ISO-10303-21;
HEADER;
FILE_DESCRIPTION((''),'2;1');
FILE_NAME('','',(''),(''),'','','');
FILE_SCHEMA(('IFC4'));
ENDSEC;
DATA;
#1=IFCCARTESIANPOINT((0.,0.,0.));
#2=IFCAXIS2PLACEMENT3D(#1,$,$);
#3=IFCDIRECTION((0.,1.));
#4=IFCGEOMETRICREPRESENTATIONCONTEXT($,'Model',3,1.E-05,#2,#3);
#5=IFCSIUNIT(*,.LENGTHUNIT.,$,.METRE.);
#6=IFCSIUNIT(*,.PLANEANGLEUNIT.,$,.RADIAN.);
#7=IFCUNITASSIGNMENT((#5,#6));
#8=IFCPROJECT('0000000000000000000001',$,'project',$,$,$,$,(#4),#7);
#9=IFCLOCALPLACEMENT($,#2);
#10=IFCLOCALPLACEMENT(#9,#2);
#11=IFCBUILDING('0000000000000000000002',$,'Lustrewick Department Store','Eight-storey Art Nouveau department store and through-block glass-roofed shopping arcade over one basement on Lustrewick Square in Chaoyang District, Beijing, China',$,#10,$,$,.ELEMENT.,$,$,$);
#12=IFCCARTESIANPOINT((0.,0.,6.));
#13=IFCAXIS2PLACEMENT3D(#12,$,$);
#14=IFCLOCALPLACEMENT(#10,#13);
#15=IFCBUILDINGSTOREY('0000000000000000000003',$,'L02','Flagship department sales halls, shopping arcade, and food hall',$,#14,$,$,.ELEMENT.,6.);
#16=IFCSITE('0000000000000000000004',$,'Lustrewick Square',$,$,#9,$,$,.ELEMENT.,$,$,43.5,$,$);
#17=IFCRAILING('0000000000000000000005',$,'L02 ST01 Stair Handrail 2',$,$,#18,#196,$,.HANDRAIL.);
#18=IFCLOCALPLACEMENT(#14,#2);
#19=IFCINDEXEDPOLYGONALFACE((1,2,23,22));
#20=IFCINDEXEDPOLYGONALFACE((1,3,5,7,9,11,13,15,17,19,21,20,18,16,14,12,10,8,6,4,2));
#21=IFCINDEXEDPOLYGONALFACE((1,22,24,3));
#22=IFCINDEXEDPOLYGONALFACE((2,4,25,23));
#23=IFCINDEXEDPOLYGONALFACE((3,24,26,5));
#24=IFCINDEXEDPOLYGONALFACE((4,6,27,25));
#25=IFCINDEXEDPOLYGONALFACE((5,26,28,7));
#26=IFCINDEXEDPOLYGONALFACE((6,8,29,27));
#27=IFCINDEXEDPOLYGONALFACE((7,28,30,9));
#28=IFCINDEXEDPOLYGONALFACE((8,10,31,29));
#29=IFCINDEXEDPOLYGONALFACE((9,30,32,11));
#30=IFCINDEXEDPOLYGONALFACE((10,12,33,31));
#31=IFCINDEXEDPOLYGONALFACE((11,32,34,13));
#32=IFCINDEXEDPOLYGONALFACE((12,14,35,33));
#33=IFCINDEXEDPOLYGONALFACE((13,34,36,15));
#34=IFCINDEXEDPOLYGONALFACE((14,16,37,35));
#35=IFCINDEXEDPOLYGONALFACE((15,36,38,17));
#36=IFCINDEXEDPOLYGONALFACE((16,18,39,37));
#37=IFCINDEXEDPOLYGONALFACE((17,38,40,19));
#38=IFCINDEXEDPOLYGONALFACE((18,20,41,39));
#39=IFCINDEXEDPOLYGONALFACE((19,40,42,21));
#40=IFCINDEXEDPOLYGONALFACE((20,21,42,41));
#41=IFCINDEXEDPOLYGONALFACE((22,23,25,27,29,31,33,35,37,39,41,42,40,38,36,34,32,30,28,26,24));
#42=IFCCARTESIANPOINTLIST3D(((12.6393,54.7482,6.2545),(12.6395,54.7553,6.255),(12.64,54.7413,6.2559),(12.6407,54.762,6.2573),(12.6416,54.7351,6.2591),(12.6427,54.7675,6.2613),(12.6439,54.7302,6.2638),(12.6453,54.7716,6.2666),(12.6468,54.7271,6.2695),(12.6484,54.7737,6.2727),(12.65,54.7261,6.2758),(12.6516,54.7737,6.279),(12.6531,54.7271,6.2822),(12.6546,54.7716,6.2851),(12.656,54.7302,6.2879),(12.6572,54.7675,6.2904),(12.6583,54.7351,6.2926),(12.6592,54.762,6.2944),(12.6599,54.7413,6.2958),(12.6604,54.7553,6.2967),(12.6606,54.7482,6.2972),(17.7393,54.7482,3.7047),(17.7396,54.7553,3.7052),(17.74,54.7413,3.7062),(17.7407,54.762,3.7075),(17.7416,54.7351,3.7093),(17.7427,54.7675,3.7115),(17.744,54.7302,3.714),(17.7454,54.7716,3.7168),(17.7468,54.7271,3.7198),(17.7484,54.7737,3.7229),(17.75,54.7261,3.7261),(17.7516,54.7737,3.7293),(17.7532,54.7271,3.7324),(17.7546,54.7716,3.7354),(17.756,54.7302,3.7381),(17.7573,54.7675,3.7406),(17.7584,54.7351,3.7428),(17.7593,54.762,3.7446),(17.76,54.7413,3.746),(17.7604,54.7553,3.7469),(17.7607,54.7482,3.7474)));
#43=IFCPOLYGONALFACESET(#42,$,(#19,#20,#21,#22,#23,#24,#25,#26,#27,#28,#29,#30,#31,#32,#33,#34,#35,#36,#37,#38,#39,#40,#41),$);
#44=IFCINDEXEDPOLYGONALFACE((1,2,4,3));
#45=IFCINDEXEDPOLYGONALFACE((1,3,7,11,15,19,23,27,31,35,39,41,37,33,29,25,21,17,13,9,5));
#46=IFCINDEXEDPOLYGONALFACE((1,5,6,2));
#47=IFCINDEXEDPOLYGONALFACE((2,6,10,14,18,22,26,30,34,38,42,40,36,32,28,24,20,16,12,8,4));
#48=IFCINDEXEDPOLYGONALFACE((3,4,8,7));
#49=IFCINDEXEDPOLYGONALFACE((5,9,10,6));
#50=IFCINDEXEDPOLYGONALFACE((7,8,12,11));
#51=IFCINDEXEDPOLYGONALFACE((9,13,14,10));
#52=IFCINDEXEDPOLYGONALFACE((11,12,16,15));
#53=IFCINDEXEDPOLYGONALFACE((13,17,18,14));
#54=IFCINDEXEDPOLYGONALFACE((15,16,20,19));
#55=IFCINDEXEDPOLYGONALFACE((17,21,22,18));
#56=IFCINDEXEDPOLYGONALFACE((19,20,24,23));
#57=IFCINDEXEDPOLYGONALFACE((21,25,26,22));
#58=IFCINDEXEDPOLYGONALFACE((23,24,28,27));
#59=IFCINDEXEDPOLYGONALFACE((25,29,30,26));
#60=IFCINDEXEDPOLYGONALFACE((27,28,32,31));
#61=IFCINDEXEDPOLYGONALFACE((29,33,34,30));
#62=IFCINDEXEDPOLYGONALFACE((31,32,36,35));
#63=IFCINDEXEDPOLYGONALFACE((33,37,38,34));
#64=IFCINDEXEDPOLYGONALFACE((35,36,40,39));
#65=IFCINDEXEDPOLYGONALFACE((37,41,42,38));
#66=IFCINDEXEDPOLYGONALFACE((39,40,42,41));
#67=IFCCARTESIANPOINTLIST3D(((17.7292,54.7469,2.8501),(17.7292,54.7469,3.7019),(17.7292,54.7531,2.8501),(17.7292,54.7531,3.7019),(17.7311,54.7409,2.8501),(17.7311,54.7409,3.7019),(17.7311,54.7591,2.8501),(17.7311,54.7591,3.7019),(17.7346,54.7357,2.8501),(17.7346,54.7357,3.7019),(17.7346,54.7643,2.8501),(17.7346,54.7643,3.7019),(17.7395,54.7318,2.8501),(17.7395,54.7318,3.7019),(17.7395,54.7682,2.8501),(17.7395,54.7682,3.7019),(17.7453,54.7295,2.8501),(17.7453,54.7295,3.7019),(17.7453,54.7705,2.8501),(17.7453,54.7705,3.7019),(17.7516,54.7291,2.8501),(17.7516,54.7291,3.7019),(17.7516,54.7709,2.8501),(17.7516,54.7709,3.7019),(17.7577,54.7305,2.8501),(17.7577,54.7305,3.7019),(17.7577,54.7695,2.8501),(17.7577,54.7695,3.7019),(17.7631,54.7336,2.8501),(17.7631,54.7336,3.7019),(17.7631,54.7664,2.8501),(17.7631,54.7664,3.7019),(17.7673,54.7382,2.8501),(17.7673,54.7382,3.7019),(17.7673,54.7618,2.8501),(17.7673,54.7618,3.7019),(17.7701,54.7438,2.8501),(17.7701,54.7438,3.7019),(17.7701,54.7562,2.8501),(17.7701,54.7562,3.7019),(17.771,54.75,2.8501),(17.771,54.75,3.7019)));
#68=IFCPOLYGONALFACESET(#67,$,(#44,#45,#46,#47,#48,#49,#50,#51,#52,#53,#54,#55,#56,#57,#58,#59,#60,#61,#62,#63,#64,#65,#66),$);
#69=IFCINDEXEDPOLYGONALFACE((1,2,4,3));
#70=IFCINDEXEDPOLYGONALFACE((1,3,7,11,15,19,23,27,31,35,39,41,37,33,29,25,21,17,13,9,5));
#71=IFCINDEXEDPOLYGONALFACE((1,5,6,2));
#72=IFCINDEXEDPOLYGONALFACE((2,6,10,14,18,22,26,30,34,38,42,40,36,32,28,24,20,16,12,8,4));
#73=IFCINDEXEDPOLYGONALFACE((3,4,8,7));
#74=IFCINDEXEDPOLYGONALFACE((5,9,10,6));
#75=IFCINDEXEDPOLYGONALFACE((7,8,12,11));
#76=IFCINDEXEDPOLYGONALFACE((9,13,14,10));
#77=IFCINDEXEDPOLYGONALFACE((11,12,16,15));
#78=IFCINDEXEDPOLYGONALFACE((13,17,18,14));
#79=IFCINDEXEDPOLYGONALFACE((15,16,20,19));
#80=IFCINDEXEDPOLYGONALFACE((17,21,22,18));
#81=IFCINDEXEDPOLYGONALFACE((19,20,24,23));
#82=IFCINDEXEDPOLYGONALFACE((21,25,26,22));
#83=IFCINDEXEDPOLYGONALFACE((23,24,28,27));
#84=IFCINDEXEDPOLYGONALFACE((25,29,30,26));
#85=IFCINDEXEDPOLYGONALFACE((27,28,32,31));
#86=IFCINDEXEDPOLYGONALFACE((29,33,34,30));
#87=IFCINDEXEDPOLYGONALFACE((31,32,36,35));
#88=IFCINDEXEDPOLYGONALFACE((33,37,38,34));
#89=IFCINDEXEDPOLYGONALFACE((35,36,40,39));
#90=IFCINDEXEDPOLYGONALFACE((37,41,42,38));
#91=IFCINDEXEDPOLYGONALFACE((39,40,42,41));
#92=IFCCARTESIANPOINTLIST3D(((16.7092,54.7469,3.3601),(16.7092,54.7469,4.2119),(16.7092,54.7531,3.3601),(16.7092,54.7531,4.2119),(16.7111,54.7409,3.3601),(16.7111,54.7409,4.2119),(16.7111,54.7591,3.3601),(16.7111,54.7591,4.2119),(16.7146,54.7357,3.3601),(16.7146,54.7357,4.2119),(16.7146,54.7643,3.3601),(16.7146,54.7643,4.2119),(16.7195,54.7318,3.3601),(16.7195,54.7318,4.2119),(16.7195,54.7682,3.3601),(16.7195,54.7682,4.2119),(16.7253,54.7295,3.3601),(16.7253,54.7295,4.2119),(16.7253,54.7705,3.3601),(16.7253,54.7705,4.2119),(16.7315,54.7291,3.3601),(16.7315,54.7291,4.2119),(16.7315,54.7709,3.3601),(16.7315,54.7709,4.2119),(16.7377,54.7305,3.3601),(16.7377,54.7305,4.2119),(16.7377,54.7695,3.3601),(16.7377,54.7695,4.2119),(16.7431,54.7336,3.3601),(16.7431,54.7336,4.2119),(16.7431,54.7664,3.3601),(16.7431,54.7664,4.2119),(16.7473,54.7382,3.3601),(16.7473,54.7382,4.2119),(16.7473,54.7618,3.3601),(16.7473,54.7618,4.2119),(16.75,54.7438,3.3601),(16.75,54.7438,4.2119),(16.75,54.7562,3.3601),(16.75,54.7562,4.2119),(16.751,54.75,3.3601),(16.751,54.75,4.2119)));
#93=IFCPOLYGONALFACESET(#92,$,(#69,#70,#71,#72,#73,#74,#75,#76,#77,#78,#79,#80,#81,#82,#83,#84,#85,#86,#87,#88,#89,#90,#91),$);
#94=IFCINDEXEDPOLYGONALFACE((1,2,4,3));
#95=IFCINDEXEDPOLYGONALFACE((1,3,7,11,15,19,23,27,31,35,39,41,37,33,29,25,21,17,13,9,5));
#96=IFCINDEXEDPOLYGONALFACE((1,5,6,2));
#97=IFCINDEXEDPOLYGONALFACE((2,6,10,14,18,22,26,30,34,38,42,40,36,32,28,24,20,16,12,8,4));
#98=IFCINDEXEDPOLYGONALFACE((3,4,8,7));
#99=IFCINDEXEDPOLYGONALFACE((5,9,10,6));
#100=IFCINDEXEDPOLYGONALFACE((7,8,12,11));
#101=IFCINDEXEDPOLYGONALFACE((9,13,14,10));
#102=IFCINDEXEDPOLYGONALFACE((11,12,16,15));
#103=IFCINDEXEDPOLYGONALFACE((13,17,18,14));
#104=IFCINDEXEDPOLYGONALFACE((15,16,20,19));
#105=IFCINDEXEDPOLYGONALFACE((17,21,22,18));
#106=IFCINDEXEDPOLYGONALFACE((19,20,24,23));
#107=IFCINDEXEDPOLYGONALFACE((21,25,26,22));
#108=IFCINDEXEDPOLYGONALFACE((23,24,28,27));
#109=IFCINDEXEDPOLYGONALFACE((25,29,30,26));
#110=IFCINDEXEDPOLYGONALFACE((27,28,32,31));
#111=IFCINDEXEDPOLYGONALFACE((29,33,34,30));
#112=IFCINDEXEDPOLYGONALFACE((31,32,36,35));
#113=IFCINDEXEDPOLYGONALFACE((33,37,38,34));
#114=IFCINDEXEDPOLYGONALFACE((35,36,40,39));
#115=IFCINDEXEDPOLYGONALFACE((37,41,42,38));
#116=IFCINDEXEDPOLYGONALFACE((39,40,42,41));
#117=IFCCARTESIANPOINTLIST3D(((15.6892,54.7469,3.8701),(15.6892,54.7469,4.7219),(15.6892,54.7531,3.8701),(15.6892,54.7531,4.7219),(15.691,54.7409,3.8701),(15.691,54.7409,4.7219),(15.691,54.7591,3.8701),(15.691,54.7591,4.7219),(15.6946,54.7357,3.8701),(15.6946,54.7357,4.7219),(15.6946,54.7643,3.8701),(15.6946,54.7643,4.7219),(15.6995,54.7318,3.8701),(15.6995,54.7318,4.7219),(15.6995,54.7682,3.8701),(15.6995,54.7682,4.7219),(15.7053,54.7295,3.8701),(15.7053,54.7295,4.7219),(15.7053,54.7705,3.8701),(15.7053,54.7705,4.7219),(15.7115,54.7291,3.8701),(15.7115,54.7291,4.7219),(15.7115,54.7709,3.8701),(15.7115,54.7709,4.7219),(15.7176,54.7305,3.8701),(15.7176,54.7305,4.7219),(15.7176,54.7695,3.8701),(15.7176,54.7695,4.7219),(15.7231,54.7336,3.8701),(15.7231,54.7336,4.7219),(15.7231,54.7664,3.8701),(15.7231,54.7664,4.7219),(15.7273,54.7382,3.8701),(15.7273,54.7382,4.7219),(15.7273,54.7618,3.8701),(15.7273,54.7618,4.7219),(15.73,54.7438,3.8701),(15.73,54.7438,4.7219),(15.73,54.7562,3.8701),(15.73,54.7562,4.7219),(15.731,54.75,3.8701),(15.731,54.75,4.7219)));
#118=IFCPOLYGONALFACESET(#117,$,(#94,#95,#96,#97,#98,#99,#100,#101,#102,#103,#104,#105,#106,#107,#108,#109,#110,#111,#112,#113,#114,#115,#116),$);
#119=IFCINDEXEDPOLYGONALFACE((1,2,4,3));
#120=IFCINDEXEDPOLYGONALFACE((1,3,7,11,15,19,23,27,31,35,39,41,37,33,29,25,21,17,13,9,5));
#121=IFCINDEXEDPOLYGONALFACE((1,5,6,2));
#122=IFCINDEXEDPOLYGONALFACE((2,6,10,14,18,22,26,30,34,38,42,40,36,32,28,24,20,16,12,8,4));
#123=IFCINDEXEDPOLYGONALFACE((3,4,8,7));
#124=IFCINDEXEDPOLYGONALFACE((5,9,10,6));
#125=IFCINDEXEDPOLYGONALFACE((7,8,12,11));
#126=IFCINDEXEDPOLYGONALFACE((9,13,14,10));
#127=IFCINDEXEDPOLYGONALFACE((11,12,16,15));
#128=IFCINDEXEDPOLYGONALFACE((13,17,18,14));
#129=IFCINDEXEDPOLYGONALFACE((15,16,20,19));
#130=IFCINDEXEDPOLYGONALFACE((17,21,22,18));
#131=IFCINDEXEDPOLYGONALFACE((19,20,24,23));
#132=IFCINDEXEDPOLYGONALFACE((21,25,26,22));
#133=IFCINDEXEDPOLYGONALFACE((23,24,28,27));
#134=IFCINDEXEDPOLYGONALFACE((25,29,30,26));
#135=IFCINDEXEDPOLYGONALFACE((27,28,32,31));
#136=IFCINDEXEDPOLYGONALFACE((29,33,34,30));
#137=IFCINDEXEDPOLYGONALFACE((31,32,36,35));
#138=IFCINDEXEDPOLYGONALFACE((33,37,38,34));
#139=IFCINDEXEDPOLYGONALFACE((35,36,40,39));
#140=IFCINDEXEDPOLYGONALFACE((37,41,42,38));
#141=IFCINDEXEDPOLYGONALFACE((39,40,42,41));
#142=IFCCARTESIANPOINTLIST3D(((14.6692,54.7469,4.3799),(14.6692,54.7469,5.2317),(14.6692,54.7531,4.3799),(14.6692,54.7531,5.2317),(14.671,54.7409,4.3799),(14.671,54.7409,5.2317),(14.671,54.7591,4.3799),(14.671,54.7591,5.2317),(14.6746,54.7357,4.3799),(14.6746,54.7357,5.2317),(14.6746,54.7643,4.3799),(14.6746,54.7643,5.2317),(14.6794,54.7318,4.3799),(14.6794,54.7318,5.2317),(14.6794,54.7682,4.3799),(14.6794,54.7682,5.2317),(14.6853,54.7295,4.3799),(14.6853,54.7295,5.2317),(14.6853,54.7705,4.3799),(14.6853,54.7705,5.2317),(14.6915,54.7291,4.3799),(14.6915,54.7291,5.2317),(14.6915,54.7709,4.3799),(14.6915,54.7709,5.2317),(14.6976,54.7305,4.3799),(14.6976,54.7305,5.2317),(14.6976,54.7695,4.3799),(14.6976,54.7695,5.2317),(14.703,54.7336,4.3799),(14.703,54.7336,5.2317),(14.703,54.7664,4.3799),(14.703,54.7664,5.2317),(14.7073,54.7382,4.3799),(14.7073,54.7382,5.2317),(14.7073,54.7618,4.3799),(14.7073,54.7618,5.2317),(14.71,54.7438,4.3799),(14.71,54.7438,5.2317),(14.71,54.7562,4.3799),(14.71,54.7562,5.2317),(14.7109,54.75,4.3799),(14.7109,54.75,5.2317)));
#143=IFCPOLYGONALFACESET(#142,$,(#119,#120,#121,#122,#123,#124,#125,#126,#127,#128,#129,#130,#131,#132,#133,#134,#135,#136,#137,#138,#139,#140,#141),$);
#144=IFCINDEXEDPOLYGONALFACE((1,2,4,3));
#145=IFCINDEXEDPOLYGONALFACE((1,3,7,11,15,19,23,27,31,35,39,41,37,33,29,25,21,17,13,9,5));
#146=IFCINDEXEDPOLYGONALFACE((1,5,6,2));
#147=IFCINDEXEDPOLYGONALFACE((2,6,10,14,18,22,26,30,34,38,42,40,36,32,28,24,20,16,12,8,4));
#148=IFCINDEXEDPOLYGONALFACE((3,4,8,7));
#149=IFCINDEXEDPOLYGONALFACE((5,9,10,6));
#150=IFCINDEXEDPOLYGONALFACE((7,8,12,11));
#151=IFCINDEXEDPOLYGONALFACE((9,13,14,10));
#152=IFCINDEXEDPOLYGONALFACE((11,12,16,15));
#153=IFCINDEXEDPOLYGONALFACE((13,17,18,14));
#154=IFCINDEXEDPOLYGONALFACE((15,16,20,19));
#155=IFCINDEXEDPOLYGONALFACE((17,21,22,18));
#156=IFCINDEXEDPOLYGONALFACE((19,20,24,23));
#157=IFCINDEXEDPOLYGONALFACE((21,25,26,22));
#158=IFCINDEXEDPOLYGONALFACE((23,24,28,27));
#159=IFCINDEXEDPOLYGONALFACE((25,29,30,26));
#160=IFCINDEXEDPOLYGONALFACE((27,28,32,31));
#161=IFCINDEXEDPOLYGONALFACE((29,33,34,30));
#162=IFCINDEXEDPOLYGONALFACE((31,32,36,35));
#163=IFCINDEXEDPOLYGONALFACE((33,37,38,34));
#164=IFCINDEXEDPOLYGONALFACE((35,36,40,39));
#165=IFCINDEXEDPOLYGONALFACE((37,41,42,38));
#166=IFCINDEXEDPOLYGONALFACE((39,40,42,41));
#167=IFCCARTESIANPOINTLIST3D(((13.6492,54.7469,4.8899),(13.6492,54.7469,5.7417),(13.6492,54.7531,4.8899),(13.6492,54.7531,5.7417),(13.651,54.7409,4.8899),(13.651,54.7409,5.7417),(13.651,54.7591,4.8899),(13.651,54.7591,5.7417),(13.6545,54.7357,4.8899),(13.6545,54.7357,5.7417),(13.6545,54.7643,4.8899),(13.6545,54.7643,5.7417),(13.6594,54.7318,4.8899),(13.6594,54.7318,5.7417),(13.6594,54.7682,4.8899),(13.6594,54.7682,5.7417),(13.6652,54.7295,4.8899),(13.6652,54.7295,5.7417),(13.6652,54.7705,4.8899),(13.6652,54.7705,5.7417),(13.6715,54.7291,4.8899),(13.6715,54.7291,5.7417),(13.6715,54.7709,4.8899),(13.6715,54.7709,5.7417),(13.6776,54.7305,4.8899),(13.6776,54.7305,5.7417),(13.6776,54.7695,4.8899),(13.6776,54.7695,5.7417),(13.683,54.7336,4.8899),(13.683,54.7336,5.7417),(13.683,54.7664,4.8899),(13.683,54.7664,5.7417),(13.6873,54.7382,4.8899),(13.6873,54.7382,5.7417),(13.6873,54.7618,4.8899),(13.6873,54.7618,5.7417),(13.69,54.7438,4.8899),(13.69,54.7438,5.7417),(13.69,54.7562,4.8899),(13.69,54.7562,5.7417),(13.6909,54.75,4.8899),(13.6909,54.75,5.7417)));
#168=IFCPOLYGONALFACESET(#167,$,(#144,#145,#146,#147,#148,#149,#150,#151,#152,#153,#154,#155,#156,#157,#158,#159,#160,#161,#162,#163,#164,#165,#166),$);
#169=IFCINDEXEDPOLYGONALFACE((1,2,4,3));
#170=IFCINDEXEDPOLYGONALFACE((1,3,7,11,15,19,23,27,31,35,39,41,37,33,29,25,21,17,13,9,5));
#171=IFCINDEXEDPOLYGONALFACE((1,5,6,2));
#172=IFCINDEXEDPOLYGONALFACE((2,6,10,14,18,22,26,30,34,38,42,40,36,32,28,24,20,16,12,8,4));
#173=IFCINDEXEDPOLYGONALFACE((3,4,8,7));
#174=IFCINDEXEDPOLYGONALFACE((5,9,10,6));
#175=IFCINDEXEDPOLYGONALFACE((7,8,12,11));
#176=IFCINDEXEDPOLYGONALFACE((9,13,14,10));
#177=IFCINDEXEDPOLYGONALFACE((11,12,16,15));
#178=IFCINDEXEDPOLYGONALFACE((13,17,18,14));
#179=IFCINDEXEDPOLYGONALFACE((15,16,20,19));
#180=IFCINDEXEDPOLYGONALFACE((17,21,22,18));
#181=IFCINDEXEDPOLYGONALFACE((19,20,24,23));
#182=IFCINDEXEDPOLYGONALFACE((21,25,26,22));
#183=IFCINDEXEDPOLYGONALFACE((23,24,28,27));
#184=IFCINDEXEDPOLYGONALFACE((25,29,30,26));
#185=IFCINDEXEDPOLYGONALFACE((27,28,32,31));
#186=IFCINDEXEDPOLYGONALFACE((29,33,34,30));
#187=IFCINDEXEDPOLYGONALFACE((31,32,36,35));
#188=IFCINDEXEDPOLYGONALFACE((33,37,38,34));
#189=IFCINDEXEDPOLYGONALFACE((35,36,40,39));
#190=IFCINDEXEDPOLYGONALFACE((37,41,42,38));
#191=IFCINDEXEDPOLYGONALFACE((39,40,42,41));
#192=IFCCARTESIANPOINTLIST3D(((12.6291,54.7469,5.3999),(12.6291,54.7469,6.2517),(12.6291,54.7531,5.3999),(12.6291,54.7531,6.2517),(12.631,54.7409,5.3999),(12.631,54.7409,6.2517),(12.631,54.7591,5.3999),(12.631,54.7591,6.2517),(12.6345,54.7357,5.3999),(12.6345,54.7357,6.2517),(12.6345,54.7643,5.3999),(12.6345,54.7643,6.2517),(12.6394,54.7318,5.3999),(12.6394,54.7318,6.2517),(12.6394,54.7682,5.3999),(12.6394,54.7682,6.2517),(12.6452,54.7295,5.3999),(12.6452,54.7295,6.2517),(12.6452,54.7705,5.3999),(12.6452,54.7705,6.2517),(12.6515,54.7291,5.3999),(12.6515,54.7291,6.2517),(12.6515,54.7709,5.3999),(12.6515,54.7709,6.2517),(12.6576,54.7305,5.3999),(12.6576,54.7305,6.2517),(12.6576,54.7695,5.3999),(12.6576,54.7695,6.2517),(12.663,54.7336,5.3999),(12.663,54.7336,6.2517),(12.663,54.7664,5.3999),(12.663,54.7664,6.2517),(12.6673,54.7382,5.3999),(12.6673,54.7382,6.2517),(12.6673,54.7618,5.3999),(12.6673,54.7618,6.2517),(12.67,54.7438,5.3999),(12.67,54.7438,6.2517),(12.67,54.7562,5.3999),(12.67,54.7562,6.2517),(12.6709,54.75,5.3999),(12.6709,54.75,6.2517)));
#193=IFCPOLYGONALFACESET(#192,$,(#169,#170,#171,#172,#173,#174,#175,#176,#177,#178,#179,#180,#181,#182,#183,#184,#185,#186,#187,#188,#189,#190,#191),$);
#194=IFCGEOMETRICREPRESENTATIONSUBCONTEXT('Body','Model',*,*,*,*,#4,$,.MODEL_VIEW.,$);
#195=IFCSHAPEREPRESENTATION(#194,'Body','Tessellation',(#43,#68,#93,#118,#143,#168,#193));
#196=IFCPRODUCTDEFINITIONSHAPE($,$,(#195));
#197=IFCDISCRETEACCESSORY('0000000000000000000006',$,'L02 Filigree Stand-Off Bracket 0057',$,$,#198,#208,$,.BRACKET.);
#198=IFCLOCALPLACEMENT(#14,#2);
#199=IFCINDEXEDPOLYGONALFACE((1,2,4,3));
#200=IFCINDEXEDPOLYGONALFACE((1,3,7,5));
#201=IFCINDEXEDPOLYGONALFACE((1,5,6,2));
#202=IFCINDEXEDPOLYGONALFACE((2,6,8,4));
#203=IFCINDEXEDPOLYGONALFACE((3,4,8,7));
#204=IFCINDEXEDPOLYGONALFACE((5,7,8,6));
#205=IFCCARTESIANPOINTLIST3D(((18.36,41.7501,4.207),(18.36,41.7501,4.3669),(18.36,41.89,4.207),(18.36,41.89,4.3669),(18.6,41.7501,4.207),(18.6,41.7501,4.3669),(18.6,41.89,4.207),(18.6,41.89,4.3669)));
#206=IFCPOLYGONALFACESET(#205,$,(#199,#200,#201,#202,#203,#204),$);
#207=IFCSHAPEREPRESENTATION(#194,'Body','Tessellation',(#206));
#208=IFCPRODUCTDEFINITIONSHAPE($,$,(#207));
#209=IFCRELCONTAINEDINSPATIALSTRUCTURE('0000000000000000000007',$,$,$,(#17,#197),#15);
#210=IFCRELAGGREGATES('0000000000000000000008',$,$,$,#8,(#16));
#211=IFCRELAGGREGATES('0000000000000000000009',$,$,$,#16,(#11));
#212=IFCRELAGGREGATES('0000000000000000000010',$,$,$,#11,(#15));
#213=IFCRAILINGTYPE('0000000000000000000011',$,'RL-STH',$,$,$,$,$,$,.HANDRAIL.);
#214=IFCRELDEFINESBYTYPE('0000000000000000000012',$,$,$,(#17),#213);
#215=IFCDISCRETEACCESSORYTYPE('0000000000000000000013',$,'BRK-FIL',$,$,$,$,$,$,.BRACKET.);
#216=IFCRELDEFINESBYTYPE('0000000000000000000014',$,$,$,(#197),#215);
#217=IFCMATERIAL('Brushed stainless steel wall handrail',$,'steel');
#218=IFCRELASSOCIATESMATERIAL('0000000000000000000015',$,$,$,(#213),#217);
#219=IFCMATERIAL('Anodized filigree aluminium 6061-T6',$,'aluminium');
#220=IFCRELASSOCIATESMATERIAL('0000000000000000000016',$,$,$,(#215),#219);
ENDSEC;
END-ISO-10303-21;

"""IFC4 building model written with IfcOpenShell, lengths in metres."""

from ifc_helpers import new_model, si_unit, direction, frame, origin, origin_2d, place, context, subcontext, project, spatial, rectangle, circle, extrude, material, type_object, element, save


model = new_model("IFC4")

# Units and contexts
model_context = context("Model", 3, precision=1e-05, world=origin(), true_north=direction((0.0, 1.0)))
body_context = subcontext(model_context, "Body", "Model", "MODEL_VIEW")
ifc_project = project(units=[si_unit("LENGTHUNIT", "METRE"), si_unit("PLANEANGLEUNIT", "RADIAN")], contexts=[model_context])

# Site, building, storey
site_placement = place(None, origin())
site = spatial("IfcSite", under=ifc_project, at=site_placement, Name="Lustrewick Square", CompositionType="ELEMENT", RefElevation=43.5)
building_placement = place(site_placement, origin())
building = spatial("IfcBuilding", under=site, at=building_placement, Name="Lustrewick Department Store", Description="Eight-storey Art Nouveau department store and through-block glass-roofed shopping arcade over one basement on Lustrewick Square in Chaoyang District, Beijing, China", CompositionType="ELEMENT")
storey_placement = place(building_placement, frame((0.0, 0.0, 6.0)))
storey = spatial("IfcBuildingStorey", under=building, at=storey_placement, Name="L02", Description="Flagship department sales halls, shopping arcade, and food hall", CompositionType="ELEMENT", Elevation=6.0)

# Railing
ifc_material_1 = material(Name="Brushed stainless steel wall handrail", Category="steel")
railing_type_1 = type_object("IfcRailingType", Name="RL-STH", PredefinedType="HANDRAIL", material=ifc_material_1)
railing_1_placement = place(storey_placement, frame((17.75, 54.75, 2.8501)))
element("IfcRailing", 1, at=railing_1_placement, inside=storey, type_object=railing_type_1, Name="L02 ST01 Stair Handrail 2", PredefinedType="HANDRAIL", context=body_context, shape_type="SweptSolid", body=[
    extrude(circle(Radius=0.0239, at=origin_2d()), frame((0.0, 0.0, 0.876), z_axis=(-0.894444, 0.0, 0.447179), x_axis=(0.0, -1.0, 0.0)), (0.0, 0.0, 1.0), 5.7019),
    extrude(circle(Radius=0.021, at=origin_2d()), origin(), (0.0, 0.0, 1.0), 0.8518),
    extrude(circle(Radius=0.021, at=origin_2d()), frame((-1.02, 0.0, 0.51)), (0.0, 0.0, 1.0), 0.8518),
    extrude(circle(Radius=0.021, at=origin_2d()), frame((-2.04, 0.0, 1.02)), (0.0, 0.0, 1.0), 0.8518),
    extrude(circle(Radius=0.021, at=origin_2d()), frame((-3.0601, 0.0, 1.5298)), (0.0, 0.0, 1.0), 0.8518),
    extrude(circle(Radius=0.021, at=origin_2d()), frame((-4.0801, 0.0, 2.0398)), (0.0, 0.0, 1.0), 0.8518),
    extrude(circle(Radius=0.021, at=origin_2d()), frame((-5.1001, 0.0, 2.5498)), (0.0, 0.0, 1.0), 0.8518),
])

# Discrete accessory
ifc_material_2 = material(Name="Anodized filigree aluminium 6061-T6", Category="aluminium")
discrete_accessory_type_1 = type_object("IfcDiscreteAccessoryType", Name="BRK-FIL", PredefinedType="BRACKET", material=ifc_material_2)
for number, where, z_axis, x_axis, name in (
    (2, (18.48, 41.8201, 4.207), (0.0, 0.0, 1.0), (1.0, 0.0, 0.0), "L02 Filigree Stand-Off Bracket 0057"),
):
    element("IfcDiscreteAccessory", number, at=place(storey_placement, frame(where, z_axis=z_axis, x_axis=x_axis)), inside=storey, type_object=discrete_accessory_type_1, Name=name, PredefinedType="BRACKET", context=body_context, shape_type="SweptSolid", body=[
        extrude(rectangle(XDim=0.24, YDim=0.1399, at=origin_2d()), origin(), (0.0, 0.0, 1.0), 0.1599),
    ])

save(model, "model.ifc")
